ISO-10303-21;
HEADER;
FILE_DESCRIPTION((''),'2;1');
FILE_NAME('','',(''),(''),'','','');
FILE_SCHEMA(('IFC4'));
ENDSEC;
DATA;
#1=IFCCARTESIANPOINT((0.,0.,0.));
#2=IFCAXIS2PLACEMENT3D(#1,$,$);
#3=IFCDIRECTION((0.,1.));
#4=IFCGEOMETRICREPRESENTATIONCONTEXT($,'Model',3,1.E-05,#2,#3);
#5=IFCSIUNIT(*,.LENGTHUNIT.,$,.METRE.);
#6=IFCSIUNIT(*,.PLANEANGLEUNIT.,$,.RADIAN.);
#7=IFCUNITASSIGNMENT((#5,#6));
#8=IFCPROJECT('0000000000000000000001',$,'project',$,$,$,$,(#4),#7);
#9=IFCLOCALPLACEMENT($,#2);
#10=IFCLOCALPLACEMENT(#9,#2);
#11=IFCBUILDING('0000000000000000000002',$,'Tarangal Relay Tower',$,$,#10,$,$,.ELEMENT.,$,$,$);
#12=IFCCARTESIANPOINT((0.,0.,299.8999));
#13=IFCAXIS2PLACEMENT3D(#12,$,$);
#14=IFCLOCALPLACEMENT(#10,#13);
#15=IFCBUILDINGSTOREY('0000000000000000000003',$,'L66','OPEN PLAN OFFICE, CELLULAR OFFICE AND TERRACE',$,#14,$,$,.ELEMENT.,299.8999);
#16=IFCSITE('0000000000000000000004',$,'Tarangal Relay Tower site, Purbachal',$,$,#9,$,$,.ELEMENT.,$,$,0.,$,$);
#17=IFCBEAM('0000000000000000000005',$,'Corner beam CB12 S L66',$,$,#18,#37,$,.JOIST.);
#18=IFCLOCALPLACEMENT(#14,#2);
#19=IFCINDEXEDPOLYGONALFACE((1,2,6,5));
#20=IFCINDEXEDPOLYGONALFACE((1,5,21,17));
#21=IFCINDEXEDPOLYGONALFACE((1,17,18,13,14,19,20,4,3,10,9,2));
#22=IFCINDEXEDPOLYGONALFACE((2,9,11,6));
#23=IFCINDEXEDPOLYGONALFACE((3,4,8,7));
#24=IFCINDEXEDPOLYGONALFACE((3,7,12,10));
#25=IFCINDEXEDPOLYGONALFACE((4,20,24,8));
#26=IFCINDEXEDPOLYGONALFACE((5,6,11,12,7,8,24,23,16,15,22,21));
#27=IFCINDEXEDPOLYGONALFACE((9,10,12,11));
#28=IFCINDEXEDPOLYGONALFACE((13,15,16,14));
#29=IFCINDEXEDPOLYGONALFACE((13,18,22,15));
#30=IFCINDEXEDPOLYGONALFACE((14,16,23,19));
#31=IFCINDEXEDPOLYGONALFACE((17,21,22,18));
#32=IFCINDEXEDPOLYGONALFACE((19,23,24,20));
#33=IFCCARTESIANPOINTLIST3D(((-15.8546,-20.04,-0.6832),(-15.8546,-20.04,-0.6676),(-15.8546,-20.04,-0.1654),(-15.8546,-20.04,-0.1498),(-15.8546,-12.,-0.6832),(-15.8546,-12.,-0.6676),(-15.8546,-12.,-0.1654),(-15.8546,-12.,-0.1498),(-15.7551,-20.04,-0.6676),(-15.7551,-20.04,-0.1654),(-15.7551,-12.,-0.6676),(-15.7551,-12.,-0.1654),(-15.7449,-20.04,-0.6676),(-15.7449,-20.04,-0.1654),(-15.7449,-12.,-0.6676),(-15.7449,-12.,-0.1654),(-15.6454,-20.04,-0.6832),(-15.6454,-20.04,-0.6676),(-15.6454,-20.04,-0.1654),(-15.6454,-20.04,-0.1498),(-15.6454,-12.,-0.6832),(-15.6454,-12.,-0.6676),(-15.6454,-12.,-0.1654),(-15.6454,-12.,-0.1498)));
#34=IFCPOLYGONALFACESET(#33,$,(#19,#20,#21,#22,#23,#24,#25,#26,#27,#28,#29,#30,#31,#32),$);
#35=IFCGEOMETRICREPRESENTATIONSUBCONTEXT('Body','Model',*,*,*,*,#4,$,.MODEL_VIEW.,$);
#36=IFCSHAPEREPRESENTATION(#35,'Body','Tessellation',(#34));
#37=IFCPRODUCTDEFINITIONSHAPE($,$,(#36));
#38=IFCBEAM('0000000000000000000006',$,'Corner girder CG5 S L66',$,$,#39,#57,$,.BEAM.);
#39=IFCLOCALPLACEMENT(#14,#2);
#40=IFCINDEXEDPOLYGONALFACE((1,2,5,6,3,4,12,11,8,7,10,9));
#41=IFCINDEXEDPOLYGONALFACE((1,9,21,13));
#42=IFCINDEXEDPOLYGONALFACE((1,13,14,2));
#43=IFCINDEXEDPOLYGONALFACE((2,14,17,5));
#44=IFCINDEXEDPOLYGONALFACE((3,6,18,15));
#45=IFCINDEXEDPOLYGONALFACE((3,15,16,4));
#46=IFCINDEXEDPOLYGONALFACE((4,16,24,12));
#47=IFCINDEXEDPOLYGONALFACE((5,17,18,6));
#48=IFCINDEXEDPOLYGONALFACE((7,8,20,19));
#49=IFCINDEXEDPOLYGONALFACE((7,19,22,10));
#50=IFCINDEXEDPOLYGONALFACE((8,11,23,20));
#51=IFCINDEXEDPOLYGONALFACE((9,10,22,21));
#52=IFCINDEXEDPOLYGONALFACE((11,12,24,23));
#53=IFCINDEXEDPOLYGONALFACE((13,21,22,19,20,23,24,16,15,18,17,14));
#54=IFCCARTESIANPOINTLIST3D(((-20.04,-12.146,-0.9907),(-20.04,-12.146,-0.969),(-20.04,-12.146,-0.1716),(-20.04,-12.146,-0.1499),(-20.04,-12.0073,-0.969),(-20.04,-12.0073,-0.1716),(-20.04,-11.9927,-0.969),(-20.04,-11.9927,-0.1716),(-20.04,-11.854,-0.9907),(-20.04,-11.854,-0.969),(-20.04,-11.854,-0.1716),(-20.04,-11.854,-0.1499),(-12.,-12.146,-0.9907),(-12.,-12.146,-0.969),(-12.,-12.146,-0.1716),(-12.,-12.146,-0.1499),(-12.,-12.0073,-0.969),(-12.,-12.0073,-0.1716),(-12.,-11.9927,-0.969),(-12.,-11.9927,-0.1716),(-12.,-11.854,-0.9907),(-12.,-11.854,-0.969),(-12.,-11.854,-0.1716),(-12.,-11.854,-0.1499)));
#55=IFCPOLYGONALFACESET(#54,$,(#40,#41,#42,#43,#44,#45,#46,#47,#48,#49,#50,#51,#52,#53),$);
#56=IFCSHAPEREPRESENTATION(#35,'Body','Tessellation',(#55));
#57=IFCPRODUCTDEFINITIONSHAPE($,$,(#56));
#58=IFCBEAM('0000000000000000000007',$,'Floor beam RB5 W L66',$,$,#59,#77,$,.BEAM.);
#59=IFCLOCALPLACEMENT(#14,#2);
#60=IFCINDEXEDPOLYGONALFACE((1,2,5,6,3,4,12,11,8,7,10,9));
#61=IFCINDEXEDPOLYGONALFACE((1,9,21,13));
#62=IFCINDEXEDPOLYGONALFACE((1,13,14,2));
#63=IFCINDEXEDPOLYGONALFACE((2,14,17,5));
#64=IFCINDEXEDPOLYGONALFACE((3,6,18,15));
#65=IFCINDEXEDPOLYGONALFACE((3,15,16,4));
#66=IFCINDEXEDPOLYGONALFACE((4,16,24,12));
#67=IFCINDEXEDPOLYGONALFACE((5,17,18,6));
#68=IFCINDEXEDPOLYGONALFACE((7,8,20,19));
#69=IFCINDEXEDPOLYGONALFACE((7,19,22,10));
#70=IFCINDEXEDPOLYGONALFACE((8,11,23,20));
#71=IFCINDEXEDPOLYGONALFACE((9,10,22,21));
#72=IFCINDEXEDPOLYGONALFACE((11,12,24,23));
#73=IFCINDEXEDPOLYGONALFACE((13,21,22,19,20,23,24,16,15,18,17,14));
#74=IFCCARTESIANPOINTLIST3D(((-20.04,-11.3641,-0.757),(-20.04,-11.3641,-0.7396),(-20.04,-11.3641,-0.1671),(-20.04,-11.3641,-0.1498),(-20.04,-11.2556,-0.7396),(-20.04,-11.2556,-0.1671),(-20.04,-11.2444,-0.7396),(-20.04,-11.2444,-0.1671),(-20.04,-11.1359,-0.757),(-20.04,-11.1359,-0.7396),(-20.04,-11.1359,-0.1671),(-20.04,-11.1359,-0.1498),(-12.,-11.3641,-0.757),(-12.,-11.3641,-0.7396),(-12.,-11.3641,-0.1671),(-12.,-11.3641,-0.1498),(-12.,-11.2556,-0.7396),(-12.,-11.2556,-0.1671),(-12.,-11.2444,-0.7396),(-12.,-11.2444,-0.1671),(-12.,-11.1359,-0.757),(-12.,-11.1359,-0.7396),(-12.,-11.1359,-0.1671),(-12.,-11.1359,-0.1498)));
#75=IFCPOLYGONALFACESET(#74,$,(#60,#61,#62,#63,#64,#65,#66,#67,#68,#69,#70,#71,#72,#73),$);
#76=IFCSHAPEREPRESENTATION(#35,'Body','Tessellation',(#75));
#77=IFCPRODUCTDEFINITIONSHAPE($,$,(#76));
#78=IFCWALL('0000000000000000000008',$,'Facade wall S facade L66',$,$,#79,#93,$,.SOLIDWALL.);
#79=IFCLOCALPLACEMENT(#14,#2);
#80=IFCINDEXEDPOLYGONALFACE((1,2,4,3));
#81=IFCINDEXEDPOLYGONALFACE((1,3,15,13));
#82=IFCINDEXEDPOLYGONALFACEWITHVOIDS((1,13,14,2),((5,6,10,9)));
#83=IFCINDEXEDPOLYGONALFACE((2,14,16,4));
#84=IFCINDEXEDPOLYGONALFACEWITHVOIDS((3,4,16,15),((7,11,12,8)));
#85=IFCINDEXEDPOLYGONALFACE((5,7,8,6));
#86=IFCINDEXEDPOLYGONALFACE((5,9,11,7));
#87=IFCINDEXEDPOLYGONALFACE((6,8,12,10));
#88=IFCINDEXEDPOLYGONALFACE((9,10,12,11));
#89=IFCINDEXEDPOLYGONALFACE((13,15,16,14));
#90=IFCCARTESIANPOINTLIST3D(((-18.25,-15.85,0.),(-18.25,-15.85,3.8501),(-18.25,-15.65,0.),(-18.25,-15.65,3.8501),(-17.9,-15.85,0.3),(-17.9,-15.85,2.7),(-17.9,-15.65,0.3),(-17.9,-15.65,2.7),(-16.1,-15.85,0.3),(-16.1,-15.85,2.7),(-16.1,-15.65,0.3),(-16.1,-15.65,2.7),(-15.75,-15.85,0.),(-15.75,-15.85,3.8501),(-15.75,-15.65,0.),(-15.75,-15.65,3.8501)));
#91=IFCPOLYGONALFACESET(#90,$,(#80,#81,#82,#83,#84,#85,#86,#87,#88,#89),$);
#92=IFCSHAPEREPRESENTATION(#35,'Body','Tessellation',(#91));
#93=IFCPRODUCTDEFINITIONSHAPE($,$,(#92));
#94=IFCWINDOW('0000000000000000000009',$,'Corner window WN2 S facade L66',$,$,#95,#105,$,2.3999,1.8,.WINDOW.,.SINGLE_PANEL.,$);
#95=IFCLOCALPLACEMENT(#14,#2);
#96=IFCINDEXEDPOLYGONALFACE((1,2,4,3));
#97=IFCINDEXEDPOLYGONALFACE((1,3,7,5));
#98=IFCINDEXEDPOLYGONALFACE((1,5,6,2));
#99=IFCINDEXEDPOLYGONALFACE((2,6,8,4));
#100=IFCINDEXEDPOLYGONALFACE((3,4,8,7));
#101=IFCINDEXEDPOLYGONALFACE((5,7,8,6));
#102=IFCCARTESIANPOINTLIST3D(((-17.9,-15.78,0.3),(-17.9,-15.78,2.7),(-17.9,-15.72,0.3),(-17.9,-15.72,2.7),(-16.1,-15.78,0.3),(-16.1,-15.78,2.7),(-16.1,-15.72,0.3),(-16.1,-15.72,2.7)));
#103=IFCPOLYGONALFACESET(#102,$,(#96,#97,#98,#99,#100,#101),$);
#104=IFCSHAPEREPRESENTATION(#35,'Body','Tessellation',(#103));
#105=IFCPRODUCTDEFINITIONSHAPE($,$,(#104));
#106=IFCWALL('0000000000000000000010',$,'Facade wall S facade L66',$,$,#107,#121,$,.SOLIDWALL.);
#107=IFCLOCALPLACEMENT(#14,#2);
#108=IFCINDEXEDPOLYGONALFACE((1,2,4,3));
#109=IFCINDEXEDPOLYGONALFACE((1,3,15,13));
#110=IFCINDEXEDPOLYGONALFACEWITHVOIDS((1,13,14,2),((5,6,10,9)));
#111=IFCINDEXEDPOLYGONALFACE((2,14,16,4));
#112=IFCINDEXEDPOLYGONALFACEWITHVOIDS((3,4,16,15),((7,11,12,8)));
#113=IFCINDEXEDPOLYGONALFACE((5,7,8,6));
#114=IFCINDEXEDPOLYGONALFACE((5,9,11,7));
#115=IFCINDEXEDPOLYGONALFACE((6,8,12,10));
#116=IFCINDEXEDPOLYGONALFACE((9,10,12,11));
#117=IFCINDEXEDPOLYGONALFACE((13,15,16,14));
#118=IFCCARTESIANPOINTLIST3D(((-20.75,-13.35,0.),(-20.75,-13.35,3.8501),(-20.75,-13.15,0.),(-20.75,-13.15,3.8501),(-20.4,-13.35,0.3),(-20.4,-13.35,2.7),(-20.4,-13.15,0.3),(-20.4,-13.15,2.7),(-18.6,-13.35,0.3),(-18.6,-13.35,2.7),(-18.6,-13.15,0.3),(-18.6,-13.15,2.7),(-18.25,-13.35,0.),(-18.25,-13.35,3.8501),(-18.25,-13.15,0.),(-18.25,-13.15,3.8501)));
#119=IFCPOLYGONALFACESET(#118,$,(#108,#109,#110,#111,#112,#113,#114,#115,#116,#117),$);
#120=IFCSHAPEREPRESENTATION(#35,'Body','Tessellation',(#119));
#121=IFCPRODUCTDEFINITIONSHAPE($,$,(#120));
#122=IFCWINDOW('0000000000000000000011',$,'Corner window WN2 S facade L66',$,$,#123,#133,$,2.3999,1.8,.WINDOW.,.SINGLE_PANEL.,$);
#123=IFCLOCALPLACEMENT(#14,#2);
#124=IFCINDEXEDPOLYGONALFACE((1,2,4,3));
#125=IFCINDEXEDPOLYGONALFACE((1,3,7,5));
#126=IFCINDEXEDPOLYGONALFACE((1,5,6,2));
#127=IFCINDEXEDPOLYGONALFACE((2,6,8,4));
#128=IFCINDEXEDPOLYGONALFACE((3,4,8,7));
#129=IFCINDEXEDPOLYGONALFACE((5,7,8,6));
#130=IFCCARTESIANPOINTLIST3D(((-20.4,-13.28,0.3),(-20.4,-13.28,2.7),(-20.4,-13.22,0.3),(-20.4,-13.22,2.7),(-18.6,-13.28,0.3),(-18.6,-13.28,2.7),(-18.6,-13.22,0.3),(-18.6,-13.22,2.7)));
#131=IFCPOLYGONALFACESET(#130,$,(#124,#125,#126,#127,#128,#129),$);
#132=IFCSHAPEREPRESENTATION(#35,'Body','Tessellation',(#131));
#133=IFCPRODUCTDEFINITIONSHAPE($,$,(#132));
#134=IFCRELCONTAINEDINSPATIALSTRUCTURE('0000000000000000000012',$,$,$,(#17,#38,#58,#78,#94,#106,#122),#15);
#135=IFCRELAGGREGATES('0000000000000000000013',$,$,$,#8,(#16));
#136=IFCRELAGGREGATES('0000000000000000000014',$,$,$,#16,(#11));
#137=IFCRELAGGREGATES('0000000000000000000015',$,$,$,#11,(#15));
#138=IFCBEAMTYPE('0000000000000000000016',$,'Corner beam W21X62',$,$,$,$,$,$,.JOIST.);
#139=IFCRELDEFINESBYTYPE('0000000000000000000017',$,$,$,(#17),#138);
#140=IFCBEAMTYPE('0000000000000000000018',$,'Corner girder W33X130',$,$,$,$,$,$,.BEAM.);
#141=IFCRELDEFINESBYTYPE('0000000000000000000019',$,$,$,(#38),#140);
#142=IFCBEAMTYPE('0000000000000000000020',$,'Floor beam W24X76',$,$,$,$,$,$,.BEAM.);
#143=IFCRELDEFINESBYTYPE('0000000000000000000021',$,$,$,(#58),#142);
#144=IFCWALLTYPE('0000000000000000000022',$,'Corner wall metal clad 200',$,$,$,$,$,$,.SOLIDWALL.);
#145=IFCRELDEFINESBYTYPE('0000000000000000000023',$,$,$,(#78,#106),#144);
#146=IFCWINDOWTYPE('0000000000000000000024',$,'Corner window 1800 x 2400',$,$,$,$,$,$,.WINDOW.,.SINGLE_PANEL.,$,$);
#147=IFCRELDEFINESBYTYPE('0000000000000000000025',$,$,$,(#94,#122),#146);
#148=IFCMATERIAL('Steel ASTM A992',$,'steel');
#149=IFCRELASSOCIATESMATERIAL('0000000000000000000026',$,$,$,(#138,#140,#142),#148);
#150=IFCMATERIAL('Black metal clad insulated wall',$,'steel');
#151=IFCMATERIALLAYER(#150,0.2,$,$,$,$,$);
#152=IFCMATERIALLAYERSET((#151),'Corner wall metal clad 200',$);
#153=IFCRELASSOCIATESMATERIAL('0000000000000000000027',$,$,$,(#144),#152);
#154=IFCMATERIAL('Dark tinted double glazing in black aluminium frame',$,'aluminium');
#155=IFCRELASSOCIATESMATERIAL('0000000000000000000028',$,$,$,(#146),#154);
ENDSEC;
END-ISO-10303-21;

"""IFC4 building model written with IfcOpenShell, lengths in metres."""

from ifc_helpers import new_model, si_unit, direction, frame, frame_2d, origin, origin_2d, place, context, subcontext, project, spatial, rectangle, i_section, extrude, material, layer, layer_set, material_profile, profile_set, type_object, element, fill, save


model = new_model("IFC4")

# Units and contexts
model_context = context("Model", 3, precision=1e-05, world=origin(), true_north=direction((0.0, 1.0)))
body_context = subcontext(model_context, "Body", "Model", "MODEL_VIEW")
ifc_project = project(units=[si_unit("LENGTHUNIT", "METRE"), si_unit("PLANEANGLEUNIT", "RADIAN")], contexts=[model_context])

# Site, building, storey
site_placement = place(None, origin())
site = spatial("IfcSite", under=ifc_project, at=site_placement, Name="Tarangal Relay Tower site, Purbachal", CompositionType="ELEMENT", RefElevation=0.0)
building_placement = place(site_placement, origin())
building = spatial("IfcBuilding", under=site, at=building_placement, Name="Tarangal Relay Tower", CompositionType="ELEMENT")
storey_placement = place(building_placement, frame((0.0, 0.0, 299.8999)))
storey = spatial("IfcBuildingStorey", under=building, at=storey_placement, Name="L66", Description="OPEN PLAN OFFICE, CELLULAR OFFICE AND TERRACE", CompositionType="ELEMENT", Elevation=299.8999)

# Beams
ifc_material_1 = material(Name="Steel ASTM A992", Category="steel")
ifc_material_profile_1 = material_profile(ifc_material_1, i_section(OverallWidth=0.2092, OverallDepth=0.5334, WebThickness=0.0103, FlangeThickness=0.0156, at=origin_2d()), Name="W21X62")
ifc_profile_set_1 = profile_set([ifc_material_profile_1], Name="Steel ASTM A992")
beam_type_1 = type_object("IfcBeamType", Name="Corner beam W21X62", PredefinedType="JOIST", material=ifc_profile_set_1)
beam_1_placement = place(storey_placement, frame((-15.75, -12.0, -0.4165), z_axis=(0.0, -1.0, 0.0), x_axis=(1.0, 0.0, 0.0)))
element("IfcBeam", 1, at=beam_1_placement, inside=storey, type_object=beam_type_1, Name="Corner beam CB12 S L66", PredefinedType="JOIST", context=body_context, shape_type="SweptSolid", body=[
    extrude(i_section(OverallWidth=0.2092, OverallDepth=0.5334, WebThickness=0.0103, FlangeThickness=0.0156, at=origin_2d()), origin(), (0.0, 0.0, 1.0), 8.04),
])
ifc_material_profile_2 = material_profile(ifc_material_1, i_section(OverallWidth=0.292, OverallDepth=0.8408, WebThickness=0.0146, FlangeThickness=0.0217, at=origin_2d()), Name="W33X130")
ifc_profile_set_2 = profile_set([ifc_material_profile_2], Name="Steel ASTM A992")
beam_type_2 = type_object("IfcBeamType", Name="Corner girder W33X130", PredefinedType="BEAM", material=ifc_profile_set_2)
beam_2_placement = place(storey_placement, frame((-12.0, -12.0, -0.5703), z_axis=(-1.0, 0.0, 0.0), x_axis=(0.0, -1.0, 0.0)))
element("IfcBeam", 2, at=beam_2_placement, inside=storey, type_object=beam_type_2, Name="Corner girder CG5 S L66", PredefinedType="BEAM", context=body_context, shape_type="SweptSolid", body=[
    extrude(i_section(OverallWidth=0.292, OverallDepth=0.8408, WebThickness=0.0146, FlangeThickness=0.0217, at=origin_2d()), origin(), (0.0, 0.0, 1.0), 8.04),
])
ifc_material_profile_3 = material_profile(ifc_material_1, i_section(OverallWidth=0.2283, OverallDepth=0.6072, WebThickness=0.0112, FlangeThickness=0.0173, at=origin_2d()), Name="W24X76")
ifc_profile_set_3 = profile_set([ifc_material_profile_3], Name="Steel ASTM A992")
beam_type_3 = type_object("IfcBeamType", Name="Floor beam W24X76", PredefinedType="BEAM", material=ifc_profile_set_3)
beam_3_placement = place(storey_placement, frame((-12.0, -11.25, -0.4534), z_axis=(-1.0, 0.0, 0.0), x_axis=(0.0, -1.0, 0.0)))
element("IfcBeam", 3, at=beam_3_placement, inside=storey, type_object=beam_type_3, Name="Floor beam RB5 W L66", PredefinedType="BEAM", context=body_context, shape_type="SweptSolid", body=[
    extrude(i_section(OverallWidth=0.2283, OverallDepth=0.6072, WebThickness=0.0112, FlangeThickness=0.0173, at=origin_2d()), origin(), (0.0, 0.0, 1.0), 8.04),
])

# Walls, openings, windows
ifc_material_2 = material(Name="Black metal clad insulated wall", Category="steel")
ifc_layer_1 = layer(ifc_material_2, 0.2)
ifc_layer_set_1 = layer_set([ifc_layer_1], Name="Corner wall metal clad 200")
wall_type_1 = type_object("IfcWallType", Name="Corner wall metal clad 200", PredefinedType="SOLIDWALL", material=ifc_layer_set_1)
wall_1_placement = place(storey_placement, frame((-15.75, -15.75, 0.0), z_axis=(0.0, 0.0, 1.0), x_axis=(-1.0, 0.0, 0.0)))
wall_1 = element("IfcWall", 4, at=wall_1_placement, inside=storey, type_object=wall_type_1, Name="Facade wall S facade L66", PredefinedType="SOLIDWALL", context=body_context, shape_type="SweptSolid", body=[
    extrude(rectangle(XDim=2.5, YDim=0.2, at=frame_2d((1.25, 0.0))), origin(), (0.0, 0.0, 1.0), 3.8501),
])
opening_1_placement = place(wall_1_placement, frame((0.3501, 0.0, 0.3)))
opening_1 = element("IfcOpeningElement", 5, at=opening_1_placement, cuts=wall_1, PredefinedType="OPENING", context=body_context, shape_type="SweptSolid", body=[
    extrude(rectangle(XDim=1.8, YDim=2.3999, at=frame_2d((0.8999, 1.2))), frame((0.0, 0.1099, 0.0), z_axis=(0.0, -1.0, 0.0), x_axis=(1.0, 0.0, 0.0)), (0.0, 0.0, 1.0), 0.22),
])
ifc_material_3 = material(Name="Dark tinted double glazing in black aluminium frame", Category="aluminium")
window_type = type_object("IfcWindowType", Name="Corner window 1800 x 2400", PartitioningType="SINGLE_PANEL", PredefinedType="WINDOW", material=ifc_material_3)
window_1_placement = place(opening_1_placement, origin())
window_1 = element("IfcWindow", 6, at=window_1_placement, inside=storey, type_object=window_type, Name="Corner window WN2 S facade L66", OverallHeight=2.3999, OverallWidth=1.8, PartitioningType="SINGLE_PANEL", PredefinedType="WINDOW", context=body_context, shape_type="SweptSolid", body=[
    extrude(rectangle(XDim=1.8, YDim=2.3999, at=frame_2d((0.8999, 1.2))), frame((0.0, 0.03, 0.0), z_axis=(0.0, -1.0, 0.0), x_axis=(1.0, 0.0, 0.0)), (0.0, 0.0, 1.0), 0.0601),
])
fill(opening_1, window_1)
wall_2_placement = place(storey_placement, frame((-18.25, -13.25, 0.0), z_axis=(0.0, 0.0, 1.0), x_axis=(-1.0, 0.0, 0.0)))
wall_2 = element("IfcWall", 7, at=wall_2_placement, inside=storey, type_object=wall_type_1, Name="Facade wall S facade L66", PredefinedType="SOLIDWALL", context=body_context, shape_type="SweptSolid", body=[
    extrude(rectangle(XDim=2.5, YDim=0.2, at=frame_2d((1.25, 0.0))), origin(), (0.0, 0.0, 1.0), 3.8501),
])
opening_2_placement = place(wall_2_placement, frame((0.3501, 0.0, 0.3)))
opening_2 = element("IfcOpeningElement", 8, at=opening_2_placement, cuts=wall_2, PredefinedType="OPENING", context=body_context, shape_type="SweptSolid", body=[
    extrude(rectangle(XDim=1.8, YDim=2.3999, at=frame_2d((0.8999, 1.2))), frame((0.0, 0.1099, 0.0), z_axis=(0.0, -1.0, 0.0), x_axis=(1.0, 0.0, 0.0)), (0.0, 0.0, 1.0), 0.22),
])
window_2_placement = place(opening_2_placement, origin())
window_2 = element("IfcWindow", 9, at=window_2_placement, inside=storey, type_object=window_type, Name="Corner window WN2 S facade L66", OverallHeight=2.3999, OverallWidth=1.8, PartitioningType="SINGLE_PANEL", PredefinedType="WINDOW", context=body_context, shape_type="SweptSolid", body=[
    extrude(rectangle(XDim=1.8, YDim=2.3999, at=frame_2d((0.8999, 1.2))), frame((0.0, 0.03, 0.0), z_axis=(0.0, -1.0, 0.0), x_axis=(1.0, 0.0, 0.0)), (0.0, 0.0, 1.0), 0.0601),
])
fill(opening_2, window_2)

save(model, "model.ifc")
